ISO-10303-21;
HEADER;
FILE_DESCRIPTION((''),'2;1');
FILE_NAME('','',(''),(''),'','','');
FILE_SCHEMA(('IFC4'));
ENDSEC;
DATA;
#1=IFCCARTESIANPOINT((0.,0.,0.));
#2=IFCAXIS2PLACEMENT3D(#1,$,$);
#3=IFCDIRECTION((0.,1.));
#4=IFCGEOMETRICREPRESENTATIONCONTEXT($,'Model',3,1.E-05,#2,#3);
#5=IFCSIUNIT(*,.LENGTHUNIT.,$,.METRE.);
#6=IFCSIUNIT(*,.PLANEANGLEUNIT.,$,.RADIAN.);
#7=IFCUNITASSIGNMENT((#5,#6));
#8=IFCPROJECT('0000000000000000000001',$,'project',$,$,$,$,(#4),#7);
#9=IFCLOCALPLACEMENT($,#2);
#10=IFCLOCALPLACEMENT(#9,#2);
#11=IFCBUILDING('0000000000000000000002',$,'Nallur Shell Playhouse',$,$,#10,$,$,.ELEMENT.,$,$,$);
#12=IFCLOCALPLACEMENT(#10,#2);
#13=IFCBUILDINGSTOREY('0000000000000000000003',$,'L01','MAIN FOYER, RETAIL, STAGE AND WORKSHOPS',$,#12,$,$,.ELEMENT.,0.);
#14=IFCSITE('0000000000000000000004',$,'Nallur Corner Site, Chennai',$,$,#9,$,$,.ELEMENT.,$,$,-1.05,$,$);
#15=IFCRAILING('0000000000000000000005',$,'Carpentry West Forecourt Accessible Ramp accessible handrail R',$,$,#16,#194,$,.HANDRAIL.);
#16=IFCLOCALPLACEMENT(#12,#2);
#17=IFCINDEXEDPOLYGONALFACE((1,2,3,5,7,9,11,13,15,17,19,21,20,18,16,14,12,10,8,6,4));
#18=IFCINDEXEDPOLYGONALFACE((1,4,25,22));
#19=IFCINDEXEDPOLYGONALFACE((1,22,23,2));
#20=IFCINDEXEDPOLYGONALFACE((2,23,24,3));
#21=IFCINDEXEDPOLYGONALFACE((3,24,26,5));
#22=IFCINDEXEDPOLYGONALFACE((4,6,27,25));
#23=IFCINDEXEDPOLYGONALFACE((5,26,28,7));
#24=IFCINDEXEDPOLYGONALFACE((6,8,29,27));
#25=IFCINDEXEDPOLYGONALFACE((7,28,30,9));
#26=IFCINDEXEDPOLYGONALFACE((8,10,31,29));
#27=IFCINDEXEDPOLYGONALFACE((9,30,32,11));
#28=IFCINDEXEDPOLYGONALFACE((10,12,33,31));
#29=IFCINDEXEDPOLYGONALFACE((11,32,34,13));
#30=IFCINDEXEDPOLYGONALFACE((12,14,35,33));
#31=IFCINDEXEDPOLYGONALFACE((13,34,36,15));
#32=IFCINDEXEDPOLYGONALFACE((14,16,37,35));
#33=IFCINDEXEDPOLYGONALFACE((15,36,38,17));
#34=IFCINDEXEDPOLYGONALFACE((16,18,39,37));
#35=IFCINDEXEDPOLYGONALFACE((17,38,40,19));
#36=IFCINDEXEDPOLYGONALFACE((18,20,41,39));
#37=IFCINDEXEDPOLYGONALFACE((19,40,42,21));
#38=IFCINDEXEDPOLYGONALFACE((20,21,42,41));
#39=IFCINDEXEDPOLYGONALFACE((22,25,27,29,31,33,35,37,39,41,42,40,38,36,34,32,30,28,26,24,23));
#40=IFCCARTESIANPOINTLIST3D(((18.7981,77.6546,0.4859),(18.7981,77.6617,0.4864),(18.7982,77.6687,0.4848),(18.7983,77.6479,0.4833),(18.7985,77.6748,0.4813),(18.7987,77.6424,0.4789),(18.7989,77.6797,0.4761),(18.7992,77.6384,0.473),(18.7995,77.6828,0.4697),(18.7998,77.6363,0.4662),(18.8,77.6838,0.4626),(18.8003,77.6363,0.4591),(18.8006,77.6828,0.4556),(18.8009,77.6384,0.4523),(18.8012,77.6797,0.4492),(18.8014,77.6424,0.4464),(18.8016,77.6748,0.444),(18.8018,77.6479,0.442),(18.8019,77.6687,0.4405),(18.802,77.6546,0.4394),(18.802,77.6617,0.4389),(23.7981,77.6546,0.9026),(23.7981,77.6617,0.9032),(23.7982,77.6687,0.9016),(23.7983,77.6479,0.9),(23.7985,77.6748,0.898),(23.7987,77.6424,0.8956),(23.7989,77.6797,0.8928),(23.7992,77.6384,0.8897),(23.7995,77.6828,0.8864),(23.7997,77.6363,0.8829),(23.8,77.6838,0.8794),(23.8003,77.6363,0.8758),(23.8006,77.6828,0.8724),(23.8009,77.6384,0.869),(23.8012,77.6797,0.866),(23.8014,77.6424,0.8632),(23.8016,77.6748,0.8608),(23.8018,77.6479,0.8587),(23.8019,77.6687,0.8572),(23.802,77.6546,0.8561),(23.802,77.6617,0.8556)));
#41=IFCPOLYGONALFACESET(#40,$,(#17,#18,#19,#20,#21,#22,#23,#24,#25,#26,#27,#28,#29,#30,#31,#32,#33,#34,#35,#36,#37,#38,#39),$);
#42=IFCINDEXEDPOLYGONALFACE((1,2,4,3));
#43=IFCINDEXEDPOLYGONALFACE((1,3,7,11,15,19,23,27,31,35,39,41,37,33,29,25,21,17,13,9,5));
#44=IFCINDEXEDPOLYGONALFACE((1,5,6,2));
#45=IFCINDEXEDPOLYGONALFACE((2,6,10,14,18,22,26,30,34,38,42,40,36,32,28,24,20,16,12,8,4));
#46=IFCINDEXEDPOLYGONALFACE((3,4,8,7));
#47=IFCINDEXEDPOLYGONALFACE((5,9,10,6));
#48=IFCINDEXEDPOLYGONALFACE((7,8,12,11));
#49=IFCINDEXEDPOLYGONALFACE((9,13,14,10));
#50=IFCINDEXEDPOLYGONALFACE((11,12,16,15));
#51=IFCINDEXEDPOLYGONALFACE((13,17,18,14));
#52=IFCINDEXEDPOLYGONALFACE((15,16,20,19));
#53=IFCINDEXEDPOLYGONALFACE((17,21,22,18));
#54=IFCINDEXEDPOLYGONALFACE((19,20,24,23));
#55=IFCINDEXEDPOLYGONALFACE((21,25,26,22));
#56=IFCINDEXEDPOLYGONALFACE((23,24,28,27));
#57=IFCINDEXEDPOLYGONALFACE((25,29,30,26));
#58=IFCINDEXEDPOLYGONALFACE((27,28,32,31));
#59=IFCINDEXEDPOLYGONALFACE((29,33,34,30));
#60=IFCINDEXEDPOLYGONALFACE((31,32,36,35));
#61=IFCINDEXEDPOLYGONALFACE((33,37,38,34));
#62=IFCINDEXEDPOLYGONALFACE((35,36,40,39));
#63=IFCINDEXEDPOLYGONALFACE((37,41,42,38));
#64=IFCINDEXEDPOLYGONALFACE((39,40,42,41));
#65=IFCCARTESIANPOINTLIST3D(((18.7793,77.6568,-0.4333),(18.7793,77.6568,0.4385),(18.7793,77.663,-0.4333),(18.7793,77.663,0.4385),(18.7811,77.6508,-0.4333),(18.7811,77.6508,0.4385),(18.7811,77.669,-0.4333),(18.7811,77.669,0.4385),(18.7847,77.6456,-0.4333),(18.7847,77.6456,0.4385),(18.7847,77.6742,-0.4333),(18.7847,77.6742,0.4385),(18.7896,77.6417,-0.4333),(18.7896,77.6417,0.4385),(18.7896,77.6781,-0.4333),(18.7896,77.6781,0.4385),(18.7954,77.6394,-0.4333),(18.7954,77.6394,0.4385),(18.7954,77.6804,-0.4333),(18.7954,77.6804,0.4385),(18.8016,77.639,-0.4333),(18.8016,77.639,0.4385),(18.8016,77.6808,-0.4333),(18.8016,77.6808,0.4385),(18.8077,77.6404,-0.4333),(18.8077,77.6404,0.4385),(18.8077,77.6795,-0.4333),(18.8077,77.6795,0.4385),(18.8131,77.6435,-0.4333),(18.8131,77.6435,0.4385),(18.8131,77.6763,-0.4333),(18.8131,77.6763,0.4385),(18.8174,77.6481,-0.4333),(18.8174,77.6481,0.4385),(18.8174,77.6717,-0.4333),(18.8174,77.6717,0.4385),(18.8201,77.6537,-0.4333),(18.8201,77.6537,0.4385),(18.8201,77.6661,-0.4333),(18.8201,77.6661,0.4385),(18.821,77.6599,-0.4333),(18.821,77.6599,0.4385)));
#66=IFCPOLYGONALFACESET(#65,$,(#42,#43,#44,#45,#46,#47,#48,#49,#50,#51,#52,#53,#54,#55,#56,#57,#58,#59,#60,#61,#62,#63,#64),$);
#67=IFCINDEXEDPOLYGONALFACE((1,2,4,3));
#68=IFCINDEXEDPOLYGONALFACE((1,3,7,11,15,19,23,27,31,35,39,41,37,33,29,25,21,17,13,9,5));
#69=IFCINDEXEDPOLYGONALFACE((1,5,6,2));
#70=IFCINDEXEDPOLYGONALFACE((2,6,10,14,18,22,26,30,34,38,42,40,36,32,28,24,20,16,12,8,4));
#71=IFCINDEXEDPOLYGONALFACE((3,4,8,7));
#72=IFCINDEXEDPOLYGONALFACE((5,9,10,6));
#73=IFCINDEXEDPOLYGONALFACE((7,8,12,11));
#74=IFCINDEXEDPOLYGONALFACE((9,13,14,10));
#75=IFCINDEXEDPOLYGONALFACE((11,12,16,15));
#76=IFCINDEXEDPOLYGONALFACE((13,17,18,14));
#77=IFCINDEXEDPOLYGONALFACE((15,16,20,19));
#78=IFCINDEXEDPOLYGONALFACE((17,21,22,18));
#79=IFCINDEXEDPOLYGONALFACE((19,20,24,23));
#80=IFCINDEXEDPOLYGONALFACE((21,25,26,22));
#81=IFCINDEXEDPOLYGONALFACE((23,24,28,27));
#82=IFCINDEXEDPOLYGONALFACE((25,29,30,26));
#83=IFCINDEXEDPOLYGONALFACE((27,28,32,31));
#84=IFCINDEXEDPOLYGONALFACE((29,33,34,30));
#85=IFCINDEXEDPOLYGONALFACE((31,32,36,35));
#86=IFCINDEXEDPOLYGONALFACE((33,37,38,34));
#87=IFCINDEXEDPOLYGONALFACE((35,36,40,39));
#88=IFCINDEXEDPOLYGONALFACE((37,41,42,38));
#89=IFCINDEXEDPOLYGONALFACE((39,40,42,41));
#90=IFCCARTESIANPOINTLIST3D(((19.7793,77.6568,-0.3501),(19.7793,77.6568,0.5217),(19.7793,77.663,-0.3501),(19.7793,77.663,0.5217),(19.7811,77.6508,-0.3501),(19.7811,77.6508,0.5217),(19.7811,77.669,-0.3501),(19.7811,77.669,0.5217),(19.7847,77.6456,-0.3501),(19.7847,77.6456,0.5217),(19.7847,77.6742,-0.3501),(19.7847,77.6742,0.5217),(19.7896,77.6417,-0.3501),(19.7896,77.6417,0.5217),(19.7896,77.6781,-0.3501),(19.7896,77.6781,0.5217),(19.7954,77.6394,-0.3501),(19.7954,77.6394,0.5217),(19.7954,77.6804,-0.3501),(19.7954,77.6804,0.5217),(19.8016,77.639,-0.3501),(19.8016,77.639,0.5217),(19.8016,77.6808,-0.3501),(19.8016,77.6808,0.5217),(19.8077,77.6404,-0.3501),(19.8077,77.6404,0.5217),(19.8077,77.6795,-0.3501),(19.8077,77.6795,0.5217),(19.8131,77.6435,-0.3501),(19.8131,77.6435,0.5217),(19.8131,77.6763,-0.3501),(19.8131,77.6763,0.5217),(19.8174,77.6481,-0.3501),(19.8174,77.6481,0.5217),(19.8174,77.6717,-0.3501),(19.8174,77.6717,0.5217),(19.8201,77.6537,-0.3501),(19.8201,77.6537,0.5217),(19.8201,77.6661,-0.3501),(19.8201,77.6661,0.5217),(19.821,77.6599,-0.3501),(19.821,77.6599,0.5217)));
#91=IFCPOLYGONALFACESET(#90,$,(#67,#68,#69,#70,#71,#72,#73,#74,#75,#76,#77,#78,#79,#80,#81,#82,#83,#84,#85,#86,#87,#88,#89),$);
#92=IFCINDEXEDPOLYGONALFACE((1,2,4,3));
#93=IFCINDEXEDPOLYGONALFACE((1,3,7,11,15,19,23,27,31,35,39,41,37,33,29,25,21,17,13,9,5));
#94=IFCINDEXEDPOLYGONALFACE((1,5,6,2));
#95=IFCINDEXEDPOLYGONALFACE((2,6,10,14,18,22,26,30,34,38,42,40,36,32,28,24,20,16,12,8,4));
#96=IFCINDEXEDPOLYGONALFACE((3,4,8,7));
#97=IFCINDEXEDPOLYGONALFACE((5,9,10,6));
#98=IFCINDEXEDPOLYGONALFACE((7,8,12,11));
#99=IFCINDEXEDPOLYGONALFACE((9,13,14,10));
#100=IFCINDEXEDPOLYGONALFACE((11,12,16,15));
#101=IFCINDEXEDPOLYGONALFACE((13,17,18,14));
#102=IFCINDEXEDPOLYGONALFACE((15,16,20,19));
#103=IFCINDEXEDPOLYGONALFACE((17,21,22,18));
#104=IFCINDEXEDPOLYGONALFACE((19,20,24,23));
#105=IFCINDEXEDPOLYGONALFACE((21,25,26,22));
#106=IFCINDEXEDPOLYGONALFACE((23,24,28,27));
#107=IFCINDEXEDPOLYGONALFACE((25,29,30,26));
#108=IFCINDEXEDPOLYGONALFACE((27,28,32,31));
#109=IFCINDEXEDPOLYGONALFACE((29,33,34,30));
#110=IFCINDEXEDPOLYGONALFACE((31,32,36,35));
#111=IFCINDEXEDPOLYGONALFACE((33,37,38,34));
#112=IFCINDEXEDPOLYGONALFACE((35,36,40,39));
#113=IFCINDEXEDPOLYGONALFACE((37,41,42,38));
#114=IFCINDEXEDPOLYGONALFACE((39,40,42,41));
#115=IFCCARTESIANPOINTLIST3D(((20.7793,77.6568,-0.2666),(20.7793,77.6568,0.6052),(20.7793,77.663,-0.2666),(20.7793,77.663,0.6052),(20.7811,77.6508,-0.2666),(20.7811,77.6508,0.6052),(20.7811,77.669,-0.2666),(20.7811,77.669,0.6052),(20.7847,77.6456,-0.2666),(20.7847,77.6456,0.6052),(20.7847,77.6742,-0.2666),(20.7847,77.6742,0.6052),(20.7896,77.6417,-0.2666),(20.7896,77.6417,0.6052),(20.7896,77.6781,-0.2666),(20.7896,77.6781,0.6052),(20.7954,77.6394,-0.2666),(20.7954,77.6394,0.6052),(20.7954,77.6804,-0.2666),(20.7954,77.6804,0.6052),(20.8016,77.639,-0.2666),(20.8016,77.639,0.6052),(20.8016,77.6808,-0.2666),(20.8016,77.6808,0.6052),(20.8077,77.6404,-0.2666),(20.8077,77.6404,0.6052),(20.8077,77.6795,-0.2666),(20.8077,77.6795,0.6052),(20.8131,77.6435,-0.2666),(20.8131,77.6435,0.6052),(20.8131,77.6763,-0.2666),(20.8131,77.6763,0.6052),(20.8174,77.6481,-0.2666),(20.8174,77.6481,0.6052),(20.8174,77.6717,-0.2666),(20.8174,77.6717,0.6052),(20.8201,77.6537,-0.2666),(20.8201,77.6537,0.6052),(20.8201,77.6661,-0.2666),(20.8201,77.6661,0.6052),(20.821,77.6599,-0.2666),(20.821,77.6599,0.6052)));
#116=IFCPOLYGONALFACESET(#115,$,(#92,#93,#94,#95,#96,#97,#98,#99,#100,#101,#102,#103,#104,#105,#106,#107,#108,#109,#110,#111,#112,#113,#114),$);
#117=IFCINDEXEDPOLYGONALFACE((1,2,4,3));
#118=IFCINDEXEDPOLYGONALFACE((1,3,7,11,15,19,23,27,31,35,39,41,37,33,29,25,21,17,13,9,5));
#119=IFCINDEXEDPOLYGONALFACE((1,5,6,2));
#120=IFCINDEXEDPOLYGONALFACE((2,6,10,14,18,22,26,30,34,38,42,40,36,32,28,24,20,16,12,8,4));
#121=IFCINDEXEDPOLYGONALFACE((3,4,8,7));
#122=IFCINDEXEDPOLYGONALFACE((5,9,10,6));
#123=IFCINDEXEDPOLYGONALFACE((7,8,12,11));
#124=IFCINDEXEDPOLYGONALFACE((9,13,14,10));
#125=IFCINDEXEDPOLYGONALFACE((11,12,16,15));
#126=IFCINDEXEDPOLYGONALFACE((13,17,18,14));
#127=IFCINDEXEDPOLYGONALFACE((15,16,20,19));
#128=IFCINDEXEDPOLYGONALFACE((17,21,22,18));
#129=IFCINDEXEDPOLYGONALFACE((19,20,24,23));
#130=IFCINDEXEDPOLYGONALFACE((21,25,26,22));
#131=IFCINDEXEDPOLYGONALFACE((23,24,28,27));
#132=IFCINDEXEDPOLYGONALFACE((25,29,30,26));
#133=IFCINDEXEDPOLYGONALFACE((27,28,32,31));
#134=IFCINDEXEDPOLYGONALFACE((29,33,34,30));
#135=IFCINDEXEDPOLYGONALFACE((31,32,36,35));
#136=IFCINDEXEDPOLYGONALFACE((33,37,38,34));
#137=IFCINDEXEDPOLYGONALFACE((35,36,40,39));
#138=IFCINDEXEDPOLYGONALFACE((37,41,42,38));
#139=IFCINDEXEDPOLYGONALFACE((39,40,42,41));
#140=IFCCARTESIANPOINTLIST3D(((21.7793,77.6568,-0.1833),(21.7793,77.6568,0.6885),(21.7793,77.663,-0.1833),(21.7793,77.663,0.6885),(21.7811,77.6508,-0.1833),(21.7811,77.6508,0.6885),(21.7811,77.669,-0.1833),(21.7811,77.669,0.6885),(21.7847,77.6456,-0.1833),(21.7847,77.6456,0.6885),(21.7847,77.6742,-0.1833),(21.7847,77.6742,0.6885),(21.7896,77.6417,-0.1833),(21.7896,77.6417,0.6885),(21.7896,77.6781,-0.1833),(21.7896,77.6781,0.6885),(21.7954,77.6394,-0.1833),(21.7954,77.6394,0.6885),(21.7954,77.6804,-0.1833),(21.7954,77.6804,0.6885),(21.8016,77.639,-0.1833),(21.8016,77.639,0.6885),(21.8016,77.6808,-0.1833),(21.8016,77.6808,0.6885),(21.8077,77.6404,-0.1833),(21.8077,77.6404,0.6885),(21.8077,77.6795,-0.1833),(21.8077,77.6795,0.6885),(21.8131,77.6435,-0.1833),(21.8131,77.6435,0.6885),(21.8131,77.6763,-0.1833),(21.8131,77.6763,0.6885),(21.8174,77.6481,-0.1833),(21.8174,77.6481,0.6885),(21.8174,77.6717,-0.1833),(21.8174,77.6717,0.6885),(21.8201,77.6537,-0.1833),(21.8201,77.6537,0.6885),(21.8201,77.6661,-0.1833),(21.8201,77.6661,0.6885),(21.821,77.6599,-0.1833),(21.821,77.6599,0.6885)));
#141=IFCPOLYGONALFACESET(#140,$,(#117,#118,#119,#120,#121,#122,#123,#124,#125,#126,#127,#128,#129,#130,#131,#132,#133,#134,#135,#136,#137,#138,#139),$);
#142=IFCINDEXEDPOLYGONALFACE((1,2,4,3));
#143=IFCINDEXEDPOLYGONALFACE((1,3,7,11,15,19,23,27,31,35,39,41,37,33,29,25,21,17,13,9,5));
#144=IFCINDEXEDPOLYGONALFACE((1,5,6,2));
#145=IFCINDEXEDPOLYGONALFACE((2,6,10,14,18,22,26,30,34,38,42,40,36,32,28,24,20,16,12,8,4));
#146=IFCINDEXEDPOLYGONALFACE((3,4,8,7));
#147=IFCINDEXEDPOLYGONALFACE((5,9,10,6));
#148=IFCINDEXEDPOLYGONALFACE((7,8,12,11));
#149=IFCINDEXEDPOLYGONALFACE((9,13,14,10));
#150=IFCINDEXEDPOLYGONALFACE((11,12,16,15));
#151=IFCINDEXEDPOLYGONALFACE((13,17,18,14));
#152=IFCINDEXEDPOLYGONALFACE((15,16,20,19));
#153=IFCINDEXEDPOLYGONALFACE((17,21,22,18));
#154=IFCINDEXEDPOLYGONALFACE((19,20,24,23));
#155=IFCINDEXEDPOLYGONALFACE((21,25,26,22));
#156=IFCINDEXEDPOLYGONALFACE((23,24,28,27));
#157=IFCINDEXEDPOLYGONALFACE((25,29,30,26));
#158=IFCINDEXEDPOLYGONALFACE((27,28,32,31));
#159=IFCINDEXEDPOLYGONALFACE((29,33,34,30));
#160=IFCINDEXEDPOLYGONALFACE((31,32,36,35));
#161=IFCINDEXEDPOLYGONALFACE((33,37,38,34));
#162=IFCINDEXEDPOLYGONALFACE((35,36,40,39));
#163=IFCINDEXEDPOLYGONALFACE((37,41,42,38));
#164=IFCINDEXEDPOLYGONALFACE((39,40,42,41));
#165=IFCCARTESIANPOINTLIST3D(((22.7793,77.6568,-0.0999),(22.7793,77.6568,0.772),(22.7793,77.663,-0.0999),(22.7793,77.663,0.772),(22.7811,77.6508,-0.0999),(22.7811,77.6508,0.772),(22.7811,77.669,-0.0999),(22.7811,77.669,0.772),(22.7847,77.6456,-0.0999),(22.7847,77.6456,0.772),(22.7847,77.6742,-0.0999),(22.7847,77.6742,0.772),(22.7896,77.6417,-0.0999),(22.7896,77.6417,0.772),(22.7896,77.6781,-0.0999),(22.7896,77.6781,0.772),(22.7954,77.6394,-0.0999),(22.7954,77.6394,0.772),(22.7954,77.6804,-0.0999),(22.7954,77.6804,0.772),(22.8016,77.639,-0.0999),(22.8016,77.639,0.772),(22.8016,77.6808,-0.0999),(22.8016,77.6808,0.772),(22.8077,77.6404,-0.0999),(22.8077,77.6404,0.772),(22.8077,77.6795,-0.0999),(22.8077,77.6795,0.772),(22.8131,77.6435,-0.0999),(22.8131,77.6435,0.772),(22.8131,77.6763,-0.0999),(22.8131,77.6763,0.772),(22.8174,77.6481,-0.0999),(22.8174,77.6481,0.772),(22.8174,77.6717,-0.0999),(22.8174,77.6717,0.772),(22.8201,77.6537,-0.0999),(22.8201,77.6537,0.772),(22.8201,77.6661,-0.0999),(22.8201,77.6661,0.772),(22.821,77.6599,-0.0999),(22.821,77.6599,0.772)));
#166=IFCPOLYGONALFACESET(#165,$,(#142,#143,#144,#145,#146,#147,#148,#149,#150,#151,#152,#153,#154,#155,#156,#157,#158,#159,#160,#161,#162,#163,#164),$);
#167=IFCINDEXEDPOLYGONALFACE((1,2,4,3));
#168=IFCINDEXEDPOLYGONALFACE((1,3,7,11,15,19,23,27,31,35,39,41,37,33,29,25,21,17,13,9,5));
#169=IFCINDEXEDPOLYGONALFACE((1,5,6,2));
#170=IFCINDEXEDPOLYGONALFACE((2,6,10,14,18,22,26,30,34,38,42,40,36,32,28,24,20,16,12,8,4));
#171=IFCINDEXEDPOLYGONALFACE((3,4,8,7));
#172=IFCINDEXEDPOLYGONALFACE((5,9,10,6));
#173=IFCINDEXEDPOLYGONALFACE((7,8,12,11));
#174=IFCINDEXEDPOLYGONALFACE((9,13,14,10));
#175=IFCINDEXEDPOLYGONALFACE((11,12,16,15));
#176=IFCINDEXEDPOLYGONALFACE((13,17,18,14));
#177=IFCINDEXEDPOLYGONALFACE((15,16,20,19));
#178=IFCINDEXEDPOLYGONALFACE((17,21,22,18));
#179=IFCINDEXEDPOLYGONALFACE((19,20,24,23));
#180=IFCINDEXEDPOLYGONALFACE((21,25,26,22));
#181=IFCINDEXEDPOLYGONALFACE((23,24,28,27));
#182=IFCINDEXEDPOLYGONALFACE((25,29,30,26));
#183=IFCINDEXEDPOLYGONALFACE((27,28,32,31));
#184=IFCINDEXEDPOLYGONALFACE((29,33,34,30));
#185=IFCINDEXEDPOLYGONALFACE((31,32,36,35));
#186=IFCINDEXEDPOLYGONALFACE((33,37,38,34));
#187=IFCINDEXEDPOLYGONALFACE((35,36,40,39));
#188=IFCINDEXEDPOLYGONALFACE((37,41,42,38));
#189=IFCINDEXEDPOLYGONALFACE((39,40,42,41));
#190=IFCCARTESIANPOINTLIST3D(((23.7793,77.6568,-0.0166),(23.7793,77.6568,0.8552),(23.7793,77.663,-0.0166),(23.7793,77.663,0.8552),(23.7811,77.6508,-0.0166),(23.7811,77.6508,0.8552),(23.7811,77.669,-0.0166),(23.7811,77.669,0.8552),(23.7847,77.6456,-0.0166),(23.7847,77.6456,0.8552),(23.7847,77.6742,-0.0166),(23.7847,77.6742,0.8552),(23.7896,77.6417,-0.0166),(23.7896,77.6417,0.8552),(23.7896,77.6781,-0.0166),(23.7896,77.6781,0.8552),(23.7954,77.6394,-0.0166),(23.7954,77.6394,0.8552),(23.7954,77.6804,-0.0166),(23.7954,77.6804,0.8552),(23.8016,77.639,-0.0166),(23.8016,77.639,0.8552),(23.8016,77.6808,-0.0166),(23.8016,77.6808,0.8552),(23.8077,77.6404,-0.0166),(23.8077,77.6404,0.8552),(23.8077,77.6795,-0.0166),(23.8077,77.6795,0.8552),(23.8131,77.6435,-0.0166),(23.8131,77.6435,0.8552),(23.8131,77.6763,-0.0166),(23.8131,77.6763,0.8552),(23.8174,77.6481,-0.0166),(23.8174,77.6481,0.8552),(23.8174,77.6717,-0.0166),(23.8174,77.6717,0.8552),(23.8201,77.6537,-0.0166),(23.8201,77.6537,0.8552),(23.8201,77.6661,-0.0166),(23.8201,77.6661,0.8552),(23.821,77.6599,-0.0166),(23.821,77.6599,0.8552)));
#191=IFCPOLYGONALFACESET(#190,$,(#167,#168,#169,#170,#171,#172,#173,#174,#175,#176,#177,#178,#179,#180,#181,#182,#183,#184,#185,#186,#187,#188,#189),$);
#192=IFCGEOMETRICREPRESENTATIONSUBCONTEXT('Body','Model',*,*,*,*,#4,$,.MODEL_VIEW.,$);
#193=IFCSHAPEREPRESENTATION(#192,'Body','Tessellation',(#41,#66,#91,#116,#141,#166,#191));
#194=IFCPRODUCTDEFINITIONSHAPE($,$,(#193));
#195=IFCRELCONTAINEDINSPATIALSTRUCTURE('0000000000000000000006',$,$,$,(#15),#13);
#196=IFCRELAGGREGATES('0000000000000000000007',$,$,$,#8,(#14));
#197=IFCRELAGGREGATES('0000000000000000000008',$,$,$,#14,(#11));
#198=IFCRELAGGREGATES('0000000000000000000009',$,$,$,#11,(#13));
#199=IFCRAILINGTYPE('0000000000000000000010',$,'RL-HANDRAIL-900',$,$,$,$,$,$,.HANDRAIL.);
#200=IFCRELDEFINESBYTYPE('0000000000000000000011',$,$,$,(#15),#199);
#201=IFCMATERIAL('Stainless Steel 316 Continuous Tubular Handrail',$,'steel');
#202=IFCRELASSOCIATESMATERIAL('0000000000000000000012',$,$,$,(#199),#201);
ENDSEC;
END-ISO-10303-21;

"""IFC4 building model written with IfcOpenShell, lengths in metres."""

from ifc_helpers import new_model, si_unit, direction, frame, origin, origin_2d, place, context, subcontext, project, spatial, circle, extrude, material, type_object, element, save


model = new_model("IFC4")

# Units and contexts
model_context = context("Model", 3, precision=1e-05, world=origin(), true_north=direction((0.0, 1.0)))
body_context = subcontext(model_context, "Body", "Model", "MODEL_VIEW")
ifc_project = project(units=[si_unit("LENGTHUNIT", "METRE"), si_unit("PLANEANGLEUNIT", "RADIAN")], contexts=[model_context])

# Site, building, storey
site_placement = place(None, origin())
site = spatial("IfcSite", under=ifc_project, at=site_placement, Name="Nallur Corner Site, Chennai", CompositionType="ELEMENT", RefElevation=-1.05)
building_placement = place(site_placement, origin())
building = spatial("IfcBuilding", under=site, at=building_placement, Name="Nallur Shell Playhouse", CompositionType="ELEMENT")
storey_placement = place(building_placement, origin())
storey = spatial("IfcBuildingStorey", under=building, at=storey_placement, Name="L01", Description="MAIN FOYER, RETAIL, STAGE AND WORKSHOPS", CompositionType="ELEMENT", Elevation=0.0)

# Railing
ifc_material_1 = material(Name="Stainless Steel 316 Continuous Tubular Handrail", Category="steel")
railing_type_1 = type_object("IfcRailingType", Name="RL-HANDRAIL-900", PredefinedType="HANDRAIL", material=ifc_material_1)
for number, where, name in (
    (1, (18.8, 77.6599, -0.4333), "Carpentry West Forecourt Accessible Ramp accessible handrail R"),
):
    element("IfcRailing", number, at=place(storey_placement, frame(where)), inside=storey, type_object=railing_type_1, Name=name, PredefinedType="HANDRAIL", context=body_context, shape_type="SweptSolid", body=[
        extrude(circle(Radius=0.0239, at=origin_2d()), frame((0.0, 0.0, 0.896), z_axis=(0.996544, 0.0, 0.083062), x_axis=(0.0, 1.0, 0.0)), (0.0, 0.0, 1.0), 5.0173),
        extrude(circle(Radius=0.021, at=origin_2d()), origin(), (0.0, 0.0, 1.0), 0.8718),
        extrude(circle(Radius=0.021, at=origin_2d()), frame((1.0, 0.0, 0.0833)), (0.0, 0.0, 1.0), 0.8718),
        extrude(circle(Radius=0.021, at=origin_2d()), frame((2.0, 0.0, 0.1667)), (0.0, 0.0, 1.0), 0.8718),
        extrude(circle(Radius=0.021, at=origin_2d()), frame((3.0, 0.0, 0.25)), (0.0, 0.0, 1.0), 0.8718),
        extrude(circle(Radius=0.021, at=origin_2d()), frame((4.0, 0.0, 0.3335)), (0.0, 0.0, 1.0), 0.8718),
        extrude(circle(Radius=0.021, at=origin_2d()), frame((5.0, 0.0, 0.4167)), (0.0, 0.0, 1.0), 0.8718),
    ])

save(model, "model.ifc")
